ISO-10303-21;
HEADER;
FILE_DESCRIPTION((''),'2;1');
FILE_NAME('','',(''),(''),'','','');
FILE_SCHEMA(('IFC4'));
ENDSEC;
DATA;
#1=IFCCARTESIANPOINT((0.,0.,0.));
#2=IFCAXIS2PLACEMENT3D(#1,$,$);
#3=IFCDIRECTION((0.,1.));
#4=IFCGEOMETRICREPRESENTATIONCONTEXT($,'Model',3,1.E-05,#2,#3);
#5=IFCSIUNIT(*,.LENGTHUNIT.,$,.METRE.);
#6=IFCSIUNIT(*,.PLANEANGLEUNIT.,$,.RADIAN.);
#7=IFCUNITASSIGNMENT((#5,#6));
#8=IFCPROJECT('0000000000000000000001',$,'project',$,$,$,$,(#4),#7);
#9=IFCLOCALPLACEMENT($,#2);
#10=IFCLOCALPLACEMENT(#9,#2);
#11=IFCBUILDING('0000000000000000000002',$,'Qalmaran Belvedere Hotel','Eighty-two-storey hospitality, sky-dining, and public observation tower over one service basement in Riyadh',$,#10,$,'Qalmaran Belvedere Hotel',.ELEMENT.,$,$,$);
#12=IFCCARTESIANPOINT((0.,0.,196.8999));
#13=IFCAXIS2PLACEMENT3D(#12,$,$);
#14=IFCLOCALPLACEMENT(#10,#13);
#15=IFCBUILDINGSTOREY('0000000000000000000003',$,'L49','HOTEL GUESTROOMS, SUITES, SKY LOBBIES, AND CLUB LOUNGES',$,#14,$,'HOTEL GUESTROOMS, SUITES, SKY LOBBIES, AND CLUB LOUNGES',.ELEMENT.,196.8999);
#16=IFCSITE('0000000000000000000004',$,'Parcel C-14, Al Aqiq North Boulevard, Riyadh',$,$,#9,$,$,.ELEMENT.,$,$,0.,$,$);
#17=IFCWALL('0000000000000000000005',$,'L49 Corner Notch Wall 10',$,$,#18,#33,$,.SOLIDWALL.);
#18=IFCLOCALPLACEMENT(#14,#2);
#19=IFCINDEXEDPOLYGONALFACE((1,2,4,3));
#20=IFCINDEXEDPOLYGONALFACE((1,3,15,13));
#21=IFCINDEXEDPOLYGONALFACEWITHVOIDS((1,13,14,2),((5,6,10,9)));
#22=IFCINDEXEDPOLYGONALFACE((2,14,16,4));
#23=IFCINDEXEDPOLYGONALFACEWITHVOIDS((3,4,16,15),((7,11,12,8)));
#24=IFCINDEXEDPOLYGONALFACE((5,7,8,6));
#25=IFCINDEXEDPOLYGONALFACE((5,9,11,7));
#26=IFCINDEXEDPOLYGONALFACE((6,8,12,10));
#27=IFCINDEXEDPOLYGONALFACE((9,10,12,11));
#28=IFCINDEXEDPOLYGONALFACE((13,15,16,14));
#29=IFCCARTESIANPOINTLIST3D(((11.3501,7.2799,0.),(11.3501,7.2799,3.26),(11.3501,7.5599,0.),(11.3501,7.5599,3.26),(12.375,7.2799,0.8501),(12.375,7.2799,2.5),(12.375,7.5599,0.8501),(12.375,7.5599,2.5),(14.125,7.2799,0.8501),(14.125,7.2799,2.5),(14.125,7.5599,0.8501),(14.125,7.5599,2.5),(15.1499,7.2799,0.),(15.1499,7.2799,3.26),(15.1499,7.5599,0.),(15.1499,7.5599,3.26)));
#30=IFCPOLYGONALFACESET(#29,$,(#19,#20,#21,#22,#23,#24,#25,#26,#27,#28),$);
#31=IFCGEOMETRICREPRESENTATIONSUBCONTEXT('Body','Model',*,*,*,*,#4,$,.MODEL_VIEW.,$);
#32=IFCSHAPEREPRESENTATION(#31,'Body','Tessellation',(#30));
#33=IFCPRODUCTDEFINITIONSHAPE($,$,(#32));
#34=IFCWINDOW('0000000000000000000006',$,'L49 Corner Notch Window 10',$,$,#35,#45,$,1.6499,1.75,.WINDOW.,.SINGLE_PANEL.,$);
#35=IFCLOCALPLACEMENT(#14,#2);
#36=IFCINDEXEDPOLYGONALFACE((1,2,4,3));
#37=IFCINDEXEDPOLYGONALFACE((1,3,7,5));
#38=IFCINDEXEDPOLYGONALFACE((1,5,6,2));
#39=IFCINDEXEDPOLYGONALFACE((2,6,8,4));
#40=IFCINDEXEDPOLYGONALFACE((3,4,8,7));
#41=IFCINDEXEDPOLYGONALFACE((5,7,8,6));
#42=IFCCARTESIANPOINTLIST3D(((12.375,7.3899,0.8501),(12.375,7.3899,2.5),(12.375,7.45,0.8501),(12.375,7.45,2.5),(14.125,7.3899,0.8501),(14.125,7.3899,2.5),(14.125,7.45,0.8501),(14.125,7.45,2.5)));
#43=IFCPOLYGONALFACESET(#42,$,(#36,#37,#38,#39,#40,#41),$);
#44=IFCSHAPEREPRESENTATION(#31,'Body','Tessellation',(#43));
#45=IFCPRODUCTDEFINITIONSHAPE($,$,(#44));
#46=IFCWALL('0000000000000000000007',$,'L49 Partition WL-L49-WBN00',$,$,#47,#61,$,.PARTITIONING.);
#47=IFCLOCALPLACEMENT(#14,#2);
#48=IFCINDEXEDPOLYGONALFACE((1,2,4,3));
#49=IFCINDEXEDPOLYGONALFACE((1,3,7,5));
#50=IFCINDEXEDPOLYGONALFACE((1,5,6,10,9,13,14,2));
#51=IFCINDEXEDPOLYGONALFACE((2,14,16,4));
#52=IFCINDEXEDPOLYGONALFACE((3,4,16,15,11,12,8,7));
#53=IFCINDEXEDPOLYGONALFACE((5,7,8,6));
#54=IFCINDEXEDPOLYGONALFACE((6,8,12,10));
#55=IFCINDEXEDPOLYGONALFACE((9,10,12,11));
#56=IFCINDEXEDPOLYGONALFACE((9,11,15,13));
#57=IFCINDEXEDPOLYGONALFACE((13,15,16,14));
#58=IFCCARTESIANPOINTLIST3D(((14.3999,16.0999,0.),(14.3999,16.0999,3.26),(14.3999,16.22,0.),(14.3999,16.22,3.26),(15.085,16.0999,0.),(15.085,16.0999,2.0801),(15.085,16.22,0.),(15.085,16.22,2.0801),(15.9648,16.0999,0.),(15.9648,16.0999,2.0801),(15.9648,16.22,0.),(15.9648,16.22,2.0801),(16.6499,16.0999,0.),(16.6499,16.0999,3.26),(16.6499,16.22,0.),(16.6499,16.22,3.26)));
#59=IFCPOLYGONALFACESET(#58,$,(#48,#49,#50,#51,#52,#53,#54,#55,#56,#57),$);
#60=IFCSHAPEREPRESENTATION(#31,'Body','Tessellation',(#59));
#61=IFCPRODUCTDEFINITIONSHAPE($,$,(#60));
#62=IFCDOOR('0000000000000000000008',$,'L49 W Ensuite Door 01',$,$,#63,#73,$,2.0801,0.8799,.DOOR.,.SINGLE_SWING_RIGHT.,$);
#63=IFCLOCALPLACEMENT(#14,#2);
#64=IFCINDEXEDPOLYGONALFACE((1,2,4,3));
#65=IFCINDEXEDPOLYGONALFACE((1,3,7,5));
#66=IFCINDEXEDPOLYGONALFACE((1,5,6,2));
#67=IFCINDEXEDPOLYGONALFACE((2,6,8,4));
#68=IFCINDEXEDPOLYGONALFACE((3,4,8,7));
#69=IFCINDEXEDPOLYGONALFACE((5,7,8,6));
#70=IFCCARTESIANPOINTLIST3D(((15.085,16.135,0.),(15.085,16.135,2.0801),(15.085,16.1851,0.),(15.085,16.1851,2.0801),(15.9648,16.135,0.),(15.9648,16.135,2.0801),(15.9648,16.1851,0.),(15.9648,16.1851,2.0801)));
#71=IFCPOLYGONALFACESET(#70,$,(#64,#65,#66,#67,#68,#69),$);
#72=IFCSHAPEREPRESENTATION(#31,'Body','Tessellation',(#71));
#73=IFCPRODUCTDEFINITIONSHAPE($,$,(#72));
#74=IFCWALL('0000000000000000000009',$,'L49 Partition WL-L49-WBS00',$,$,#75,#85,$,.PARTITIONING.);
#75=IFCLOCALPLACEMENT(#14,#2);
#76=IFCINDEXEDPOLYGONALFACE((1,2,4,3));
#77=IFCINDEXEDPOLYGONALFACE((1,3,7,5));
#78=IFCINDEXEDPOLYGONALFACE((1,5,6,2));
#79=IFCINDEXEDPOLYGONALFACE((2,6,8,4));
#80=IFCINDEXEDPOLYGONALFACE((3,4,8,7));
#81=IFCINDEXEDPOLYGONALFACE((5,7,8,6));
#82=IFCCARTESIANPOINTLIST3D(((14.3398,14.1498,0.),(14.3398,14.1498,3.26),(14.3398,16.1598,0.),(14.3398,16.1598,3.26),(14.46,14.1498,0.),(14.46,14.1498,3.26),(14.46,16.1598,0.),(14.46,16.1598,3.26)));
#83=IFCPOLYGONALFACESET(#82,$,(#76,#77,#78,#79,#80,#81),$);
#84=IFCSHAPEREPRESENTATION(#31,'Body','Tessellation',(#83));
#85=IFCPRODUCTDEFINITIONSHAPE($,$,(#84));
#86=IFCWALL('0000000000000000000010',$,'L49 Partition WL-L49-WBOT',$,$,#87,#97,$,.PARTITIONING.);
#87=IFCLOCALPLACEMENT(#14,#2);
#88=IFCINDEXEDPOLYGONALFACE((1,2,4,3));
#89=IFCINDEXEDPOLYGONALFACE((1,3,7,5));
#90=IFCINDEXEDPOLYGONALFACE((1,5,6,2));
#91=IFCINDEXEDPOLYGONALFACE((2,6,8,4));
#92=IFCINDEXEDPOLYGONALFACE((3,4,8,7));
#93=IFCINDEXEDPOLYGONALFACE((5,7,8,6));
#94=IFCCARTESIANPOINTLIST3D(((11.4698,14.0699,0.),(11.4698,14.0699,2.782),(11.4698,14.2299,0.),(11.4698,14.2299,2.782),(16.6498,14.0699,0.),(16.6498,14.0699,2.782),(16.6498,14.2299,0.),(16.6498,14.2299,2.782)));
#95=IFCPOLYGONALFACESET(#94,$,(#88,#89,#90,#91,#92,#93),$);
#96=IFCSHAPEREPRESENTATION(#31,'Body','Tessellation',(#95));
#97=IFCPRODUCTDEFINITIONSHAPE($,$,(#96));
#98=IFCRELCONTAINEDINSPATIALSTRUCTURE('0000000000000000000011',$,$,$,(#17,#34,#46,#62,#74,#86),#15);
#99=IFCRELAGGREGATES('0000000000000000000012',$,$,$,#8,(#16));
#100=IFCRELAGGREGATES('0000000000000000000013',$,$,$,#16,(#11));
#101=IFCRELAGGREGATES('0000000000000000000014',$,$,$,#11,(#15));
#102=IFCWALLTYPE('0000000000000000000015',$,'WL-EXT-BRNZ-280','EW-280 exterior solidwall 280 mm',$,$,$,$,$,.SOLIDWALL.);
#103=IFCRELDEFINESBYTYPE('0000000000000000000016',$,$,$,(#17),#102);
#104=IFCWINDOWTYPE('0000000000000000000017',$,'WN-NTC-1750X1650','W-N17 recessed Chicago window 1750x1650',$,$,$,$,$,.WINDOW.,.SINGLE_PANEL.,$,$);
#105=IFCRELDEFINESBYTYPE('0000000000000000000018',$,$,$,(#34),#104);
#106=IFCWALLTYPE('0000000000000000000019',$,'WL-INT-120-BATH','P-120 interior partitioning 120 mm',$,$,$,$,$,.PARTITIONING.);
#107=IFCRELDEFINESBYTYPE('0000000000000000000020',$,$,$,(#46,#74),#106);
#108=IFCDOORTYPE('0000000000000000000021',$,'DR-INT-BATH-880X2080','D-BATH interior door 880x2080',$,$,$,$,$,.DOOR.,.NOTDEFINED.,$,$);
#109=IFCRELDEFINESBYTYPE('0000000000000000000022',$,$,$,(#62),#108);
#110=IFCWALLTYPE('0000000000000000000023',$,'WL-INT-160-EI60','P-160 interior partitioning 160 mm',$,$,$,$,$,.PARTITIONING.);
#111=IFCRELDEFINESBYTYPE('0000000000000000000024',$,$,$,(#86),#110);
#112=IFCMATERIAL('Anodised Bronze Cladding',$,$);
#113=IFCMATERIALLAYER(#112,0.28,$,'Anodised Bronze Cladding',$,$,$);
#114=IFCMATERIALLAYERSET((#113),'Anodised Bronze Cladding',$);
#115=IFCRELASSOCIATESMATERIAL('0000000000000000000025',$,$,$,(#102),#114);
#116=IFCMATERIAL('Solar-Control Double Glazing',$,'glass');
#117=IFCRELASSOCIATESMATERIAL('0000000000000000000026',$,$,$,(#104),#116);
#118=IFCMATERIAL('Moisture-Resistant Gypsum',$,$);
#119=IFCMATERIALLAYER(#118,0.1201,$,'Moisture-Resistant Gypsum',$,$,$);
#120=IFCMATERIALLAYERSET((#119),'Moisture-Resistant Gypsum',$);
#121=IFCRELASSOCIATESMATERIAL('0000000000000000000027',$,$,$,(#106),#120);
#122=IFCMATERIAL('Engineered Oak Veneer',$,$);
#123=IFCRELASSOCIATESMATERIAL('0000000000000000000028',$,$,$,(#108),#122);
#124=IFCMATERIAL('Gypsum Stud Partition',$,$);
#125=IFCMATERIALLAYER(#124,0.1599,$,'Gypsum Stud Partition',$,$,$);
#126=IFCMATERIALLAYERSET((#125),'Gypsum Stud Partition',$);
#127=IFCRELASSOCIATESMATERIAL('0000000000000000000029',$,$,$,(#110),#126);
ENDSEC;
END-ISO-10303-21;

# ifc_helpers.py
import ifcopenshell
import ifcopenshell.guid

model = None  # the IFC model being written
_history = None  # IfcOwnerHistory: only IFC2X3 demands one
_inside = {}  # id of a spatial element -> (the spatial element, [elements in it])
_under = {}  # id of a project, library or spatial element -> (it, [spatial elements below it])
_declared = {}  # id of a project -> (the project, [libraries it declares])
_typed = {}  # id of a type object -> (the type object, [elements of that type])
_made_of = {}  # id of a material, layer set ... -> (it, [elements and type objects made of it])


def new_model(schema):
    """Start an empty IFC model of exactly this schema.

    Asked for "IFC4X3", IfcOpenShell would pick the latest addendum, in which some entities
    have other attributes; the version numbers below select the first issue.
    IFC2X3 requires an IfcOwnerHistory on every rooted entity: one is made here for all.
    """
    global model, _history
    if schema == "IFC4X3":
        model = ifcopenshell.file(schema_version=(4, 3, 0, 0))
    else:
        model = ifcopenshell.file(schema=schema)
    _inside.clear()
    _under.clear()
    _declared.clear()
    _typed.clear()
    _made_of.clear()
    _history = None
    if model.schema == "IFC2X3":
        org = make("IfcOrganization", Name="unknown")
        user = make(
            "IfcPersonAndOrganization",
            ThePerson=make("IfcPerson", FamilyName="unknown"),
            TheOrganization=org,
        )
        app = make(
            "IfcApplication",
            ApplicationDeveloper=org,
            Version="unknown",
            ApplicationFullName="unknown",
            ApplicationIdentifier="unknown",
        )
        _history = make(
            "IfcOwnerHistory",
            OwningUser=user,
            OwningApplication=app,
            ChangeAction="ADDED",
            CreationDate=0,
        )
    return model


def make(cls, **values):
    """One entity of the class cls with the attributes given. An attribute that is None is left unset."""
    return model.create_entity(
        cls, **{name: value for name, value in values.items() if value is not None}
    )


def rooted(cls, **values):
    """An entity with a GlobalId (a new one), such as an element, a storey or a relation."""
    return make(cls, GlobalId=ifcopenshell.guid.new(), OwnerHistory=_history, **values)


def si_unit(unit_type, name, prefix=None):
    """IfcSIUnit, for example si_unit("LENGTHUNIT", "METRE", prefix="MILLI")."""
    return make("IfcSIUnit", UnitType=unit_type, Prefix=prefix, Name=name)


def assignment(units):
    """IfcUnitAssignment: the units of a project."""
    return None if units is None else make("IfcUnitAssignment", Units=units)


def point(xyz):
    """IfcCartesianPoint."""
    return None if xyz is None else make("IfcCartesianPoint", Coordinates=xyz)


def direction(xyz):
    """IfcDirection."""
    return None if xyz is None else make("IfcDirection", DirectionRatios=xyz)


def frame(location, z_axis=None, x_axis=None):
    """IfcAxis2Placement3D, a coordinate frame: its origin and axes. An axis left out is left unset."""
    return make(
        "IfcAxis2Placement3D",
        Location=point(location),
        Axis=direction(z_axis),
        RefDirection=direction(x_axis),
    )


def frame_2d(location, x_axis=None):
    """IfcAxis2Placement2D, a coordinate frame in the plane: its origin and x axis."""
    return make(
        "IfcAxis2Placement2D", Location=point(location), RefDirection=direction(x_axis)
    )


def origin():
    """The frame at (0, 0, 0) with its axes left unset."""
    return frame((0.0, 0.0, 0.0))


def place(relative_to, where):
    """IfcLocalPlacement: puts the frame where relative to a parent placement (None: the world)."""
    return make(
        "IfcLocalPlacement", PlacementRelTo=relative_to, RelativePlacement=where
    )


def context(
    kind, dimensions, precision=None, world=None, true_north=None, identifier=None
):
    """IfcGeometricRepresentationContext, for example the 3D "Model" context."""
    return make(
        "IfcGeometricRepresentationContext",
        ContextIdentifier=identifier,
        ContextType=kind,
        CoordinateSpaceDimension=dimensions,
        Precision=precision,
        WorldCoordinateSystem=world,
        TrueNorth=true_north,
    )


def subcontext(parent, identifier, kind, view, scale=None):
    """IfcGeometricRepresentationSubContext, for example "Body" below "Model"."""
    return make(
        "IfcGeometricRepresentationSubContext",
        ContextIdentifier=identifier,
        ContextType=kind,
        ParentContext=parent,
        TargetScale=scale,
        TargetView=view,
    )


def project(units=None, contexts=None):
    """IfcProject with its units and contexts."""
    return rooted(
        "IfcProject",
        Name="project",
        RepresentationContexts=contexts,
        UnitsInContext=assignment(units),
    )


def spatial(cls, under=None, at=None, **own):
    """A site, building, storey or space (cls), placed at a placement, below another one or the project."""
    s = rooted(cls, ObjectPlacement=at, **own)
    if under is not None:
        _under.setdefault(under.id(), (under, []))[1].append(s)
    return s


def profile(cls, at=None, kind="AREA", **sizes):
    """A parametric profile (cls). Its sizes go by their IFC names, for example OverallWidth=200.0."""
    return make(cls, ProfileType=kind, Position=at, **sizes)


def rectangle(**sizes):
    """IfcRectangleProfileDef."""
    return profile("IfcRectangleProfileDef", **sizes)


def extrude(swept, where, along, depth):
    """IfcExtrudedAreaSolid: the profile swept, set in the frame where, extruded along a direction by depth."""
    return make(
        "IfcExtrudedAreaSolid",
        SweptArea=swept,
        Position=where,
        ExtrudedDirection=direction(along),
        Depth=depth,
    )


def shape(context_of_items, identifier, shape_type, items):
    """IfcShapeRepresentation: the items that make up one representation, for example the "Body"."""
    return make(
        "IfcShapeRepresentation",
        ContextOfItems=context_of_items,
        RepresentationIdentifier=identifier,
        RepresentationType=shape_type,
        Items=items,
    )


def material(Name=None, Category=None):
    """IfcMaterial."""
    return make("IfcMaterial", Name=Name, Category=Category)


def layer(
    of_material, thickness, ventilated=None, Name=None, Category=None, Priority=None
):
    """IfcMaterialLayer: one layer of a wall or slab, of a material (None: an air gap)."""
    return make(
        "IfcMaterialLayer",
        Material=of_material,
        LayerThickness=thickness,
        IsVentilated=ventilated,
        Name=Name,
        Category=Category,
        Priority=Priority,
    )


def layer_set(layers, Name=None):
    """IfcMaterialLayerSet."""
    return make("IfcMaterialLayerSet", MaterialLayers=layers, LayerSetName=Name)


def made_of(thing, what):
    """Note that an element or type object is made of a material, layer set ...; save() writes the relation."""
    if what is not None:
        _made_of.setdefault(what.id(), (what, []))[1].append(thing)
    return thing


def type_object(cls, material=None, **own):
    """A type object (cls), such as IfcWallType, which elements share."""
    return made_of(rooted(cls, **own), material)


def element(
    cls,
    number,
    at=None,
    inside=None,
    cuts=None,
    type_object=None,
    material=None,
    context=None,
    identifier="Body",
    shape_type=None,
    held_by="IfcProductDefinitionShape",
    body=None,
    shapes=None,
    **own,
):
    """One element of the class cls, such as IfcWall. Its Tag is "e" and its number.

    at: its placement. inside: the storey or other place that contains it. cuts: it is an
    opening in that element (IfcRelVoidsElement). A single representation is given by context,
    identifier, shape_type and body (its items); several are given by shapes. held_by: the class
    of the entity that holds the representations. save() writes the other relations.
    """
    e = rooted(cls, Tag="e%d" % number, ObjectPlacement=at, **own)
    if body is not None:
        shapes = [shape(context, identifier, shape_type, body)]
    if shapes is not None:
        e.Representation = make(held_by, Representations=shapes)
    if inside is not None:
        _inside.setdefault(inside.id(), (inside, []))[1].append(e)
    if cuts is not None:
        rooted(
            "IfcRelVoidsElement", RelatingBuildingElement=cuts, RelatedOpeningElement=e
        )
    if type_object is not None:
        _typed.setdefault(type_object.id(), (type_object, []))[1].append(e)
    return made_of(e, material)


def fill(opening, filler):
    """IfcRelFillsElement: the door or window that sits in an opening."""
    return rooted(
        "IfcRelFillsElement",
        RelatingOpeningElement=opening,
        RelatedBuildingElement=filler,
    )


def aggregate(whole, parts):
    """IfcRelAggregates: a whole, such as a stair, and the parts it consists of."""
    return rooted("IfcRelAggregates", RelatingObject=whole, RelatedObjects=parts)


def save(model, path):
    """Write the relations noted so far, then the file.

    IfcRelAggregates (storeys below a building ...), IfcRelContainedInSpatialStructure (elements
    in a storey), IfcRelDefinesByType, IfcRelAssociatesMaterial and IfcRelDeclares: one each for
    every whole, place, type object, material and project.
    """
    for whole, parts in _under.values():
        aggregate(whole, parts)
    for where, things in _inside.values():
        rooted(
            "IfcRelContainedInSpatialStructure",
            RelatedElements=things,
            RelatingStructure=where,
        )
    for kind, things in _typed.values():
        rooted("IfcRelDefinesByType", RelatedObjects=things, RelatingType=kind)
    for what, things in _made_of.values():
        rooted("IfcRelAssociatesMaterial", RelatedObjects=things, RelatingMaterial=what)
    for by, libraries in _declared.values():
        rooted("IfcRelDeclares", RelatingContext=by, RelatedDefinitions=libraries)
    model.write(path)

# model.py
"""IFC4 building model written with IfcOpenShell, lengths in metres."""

from ifc_helpers import new_model, si_unit, direction, frame, frame_2d, origin, place, context, subcontext, project, spatial, rectangle, extrude, material, layer, layer_set, type_object, element, fill, save


model = new_model("IFC4")

# Units and contexts
model_context = context("Model", 3, precision=1e-05, world=origin(), true_north=direction((0.0, 1.0)))
body_context = subcontext(model_context, "Body", "Model", "MODEL_VIEW")
ifc_project = project(units=[si_unit("LENGTHUNIT", "METRE"), si_unit("PLANEANGLEUNIT", "RADIAN")], contexts=[model_context])

# Site, building, storey
site_placement = place(None, origin())
site = spatial("IfcSite", under=ifc_project, at=site_placement, Name="Parcel C-14, Al Aqiq North Boulevard, Riyadh", CompositionType="ELEMENT", RefElevation=0.0)
building_placement = place(site_placement, origin())
building = spatial("IfcBuilding", under=site, at=building_placement, Name="Qalmaran Belvedere Hotel", Description="Eighty-two-storey hospitality, sky-dining, and public observation tower over one service basement in Riyadh", LongName="Qalmaran Belvedere Hotel", CompositionType="ELEMENT")
storey_placement = place(building_placement, frame((0.0, 0.0, 196.8999)))
storey = spatial("IfcBuildingStorey", under=building, at=storey_placement, Name="L49", Description="HOTEL GUESTROOMS, SUITES, SKY LOBBIES, AND CLUB LOUNGES", LongName="HOTEL GUESTROOMS, SUITES, SKY LOBBIES, AND CLUB LOUNGES", CompositionType="ELEMENT", Elevation=196.8999)

# Shared definitions
ifc_material_1 = material(Name="Solar-Control Double Glazing", Category="glass")

# Wall, opening, window
ifc_material_2 = material(Name="Anodised Bronze Cladding")
ifc_layer_1 = layer(ifc_material_2, 0.28, Name="Anodised Bronze Cladding")
ifc_layer_set_1 = layer_set([ifc_layer_1], Name="Anodised Bronze Cladding")
wall_type_1 = type_object("IfcWallType", Name="WL-EXT-BRNZ-280", Description="EW-280 exterior solidwall 280 mm", PredefinedType="SOLIDWALL", material=ifc_layer_set_1)
wall_1_placement = place(storey_placement, frame((11.3501, 7.4199, 0.0), z_axis=(0.0, 0.0, 1.0), x_axis=(1.0, 0.0, 0.0)))
wall_1 = element("IfcWall", 1, at=wall_1_placement, inside=storey, type_object=wall_type_1, Name="L49 Corner Notch Wall 10", PredefinedType="SOLIDWALL", context=body_context, shape_type="SweptSolid", body=[
    extrude(rectangle(XDim=3.7998, YDim=0.28, at=frame_2d((1.8999, 0.0))), origin(), (0.0, 0.0, 1.0), 3.26),
])
opening_1_placement = place(wall_1_placement, frame((1.0249, 0.0, 0.8501)))
opening_1 = element("IfcOpeningElement", 2, at=opening_1_placement, cuts=wall_1, PredefinedType="OPENING", context=body_context, shape_type="SweptSolid", body=[
    extrude(rectangle(XDim=1.75, YDim=1.6499, at=frame_2d((0.875, 0.825))), frame((0.0, 0.1499, 0.0), z_axis=(0.0, -1.0, 0.0), x_axis=(1.0, 0.0, 0.0)), (0.0, 0.0, 1.0), 0.3),
])
window_type = type_object("IfcWindowType", Name="WN-NTC-1750X1650", Description="W-N17 recessed Chicago window 1750x1650", PartitioningType="SINGLE_PANEL", PredefinedType="WINDOW", material=ifc_material_1)
window_placement = place(opening_1_placement, origin())
window = element("IfcWindow", 3, at=window_placement, inside=storey, type_object=window_type, Name="L49 Corner Notch Window 10", OverallHeight=1.6499, OverallWidth=1.75, PartitioningType="SINGLE_PANEL", PredefinedType="WINDOW", context=body_context, shape_type="SweptSolid", body=[
    extrude(rectangle(XDim=1.75, YDim=1.6499, at=frame_2d((0.875, 0.825))), frame((0.0, 0.03, 0.0), z_axis=(0.0, -1.0, 0.0), x_axis=(1.0, 0.0, 0.0)), (0.0, 0.0, 1.0), 0.0601),
])
fill(opening_1, window)

# Wall, opening, door
ifc_material_3 = material(Name="Moisture-Resistant Gypsum")
ifc_layer_2 = layer(ifc_material_3, 0.1201, Name="Moisture-Resistant Gypsum")
ifc_layer_set_2 = layer_set([ifc_layer_2], Name="Moisture-Resistant Gypsum")
wall_type_2 = type_object("IfcWallType", Name="WL-INT-120-BATH", Description="P-120 interior partitioning 120 mm", PredefinedType="PARTITIONING", material=ifc_layer_set_2)
wall_2_placement = place(storey_placement, frame((14.3999, 16.1599, 0.0), z_axis=(0.0, 0.0, 1.0), x_axis=(1.0, 0.0, 0.0)))
wall_2 = element("IfcWall", 4, at=wall_2_placement, inside=storey, type_object=wall_type_2, Name="L49 Partition WL-L49-WBN00", PredefinedType="PARTITIONING", context=body_context, shape_type="SweptSolid", body=[
    extrude(rectangle(XDim=2.25, YDim=0.1201, at=frame_2d((1.125, 0.0))), origin(), (0.0, 0.0, 1.0), 3.26),
])
opening_2_placement = place(wall_2_placement, frame((1.5649, 0.0, 0.0), z_axis=(0.0, 0.0, 1.0), x_axis=(-1.0, 0.0, 0.0)))
opening_2 = element("IfcOpeningElement", 5, at=opening_2_placement, cuts=wall_2, PredefinedType="OPENING", context=body_context, shape_type="SweptSolid", body=[
    extrude(rectangle(XDim=0.8799, YDim=2.0801, at=frame_2d((0.4399, 1.04))), frame((0.0, 0.0701, 0.0), z_axis=(0.0, -1.0, 0.0), x_axis=(1.0, 0.0, 0.0)), (0.0, 0.0, 1.0), 0.1401),
])
ifc_material_4 = material(Name="Engineered Oak Veneer")
door_type = type_object("IfcDoorType", Name="DR-INT-BATH-880X2080", Description="D-BATH interior door 880x2080", OperationType="NOTDEFINED", PredefinedType="DOOR", material=ifc_material_4)
door_placement = place(opening_2_placement, origin())
door = element("IfcDoor", 6, at=door_placement, inside=storey, type_object=door_type, Name="L49 W Ensuite Door 01", OperationType="SINGLE_SWING_RIGHT", OverallHeight=2.0801, OverallWidth=0.8799, PredefinedType="DOOR", context=body_context, shape_type="SweptSolid", body=[
    extrude(rectangle(XDim=0.8799, YDim=2.0801, at=frame_2d((0.4399, 1.04))), frame((0.0, 0.0249, 0.0), z_axis=(0.0, -1.0, 0.0), x_axis=(1.0, 0.0, 0.0)), (0.0, 0.0, 1.0), 0.05),
])
fill(opening_2, door)

# Walls
wall_3_placement = place(storey_placement, frame((14.3999, 14.1499, 0.0), z_axis=(0.0, 0.0, 1.0), x_axis=(0.0, 1.0, 0.0)))
element("IfcWall", 7, at=wall_3_placement, inside=storey, type_object=wall_type_2, Name="L49 Partition WL-L49-WBS00", PredefinedType="PARTITIONING", context=body_context, shape_type="SweptSolid", body=[
    extrude(rectangle(XDim=2.01, YDim=0.1201, at=frame_2d((1.0049, 0.0))), origin(), (0.0, 0.0, 1.0), 3.26),
])
ifc_material_5 = material(Name="Gypsum Stud Partition")
ifc_layer_3 = layer(ifc_material_5, 0.1599, Name="Gypsum Stud Partition")
ifc_layer_set_3 = layer_set([ifc_layer_3], Name="Gypsum Stud Partition")
wall_type_3 = type_object("IfcWallType", Name="WL-INT-160-EI60", Description="P-160 interior partitioning 160 mm", PredefinedType="PARTITIONING", material=ifc_layer_set_3)
wall_4_placement = place(storey_placement, frame((11.47, 14.1499, 0.0), z_axis=(0.0, 0.0, 1.0), x_axis=(1.0, 0.0, 0.0)))
element("IfcWall", 8, at=wall_4_placement, inside=storey, type_object=wall_type_3, Name="L49 Partition WL-L49-WBOT", PredefinedType="PARTITIONING", context=body_context, shape_type="SweptSolid", body=[
    extrude(rectangle(XDim=5.1799, YDim=0.1599, at=frame_2d((2.5898, 0.0))), origin(), (0.0, 0.0, 1.0), 2.782),
])

save(model, "model.ifc")
